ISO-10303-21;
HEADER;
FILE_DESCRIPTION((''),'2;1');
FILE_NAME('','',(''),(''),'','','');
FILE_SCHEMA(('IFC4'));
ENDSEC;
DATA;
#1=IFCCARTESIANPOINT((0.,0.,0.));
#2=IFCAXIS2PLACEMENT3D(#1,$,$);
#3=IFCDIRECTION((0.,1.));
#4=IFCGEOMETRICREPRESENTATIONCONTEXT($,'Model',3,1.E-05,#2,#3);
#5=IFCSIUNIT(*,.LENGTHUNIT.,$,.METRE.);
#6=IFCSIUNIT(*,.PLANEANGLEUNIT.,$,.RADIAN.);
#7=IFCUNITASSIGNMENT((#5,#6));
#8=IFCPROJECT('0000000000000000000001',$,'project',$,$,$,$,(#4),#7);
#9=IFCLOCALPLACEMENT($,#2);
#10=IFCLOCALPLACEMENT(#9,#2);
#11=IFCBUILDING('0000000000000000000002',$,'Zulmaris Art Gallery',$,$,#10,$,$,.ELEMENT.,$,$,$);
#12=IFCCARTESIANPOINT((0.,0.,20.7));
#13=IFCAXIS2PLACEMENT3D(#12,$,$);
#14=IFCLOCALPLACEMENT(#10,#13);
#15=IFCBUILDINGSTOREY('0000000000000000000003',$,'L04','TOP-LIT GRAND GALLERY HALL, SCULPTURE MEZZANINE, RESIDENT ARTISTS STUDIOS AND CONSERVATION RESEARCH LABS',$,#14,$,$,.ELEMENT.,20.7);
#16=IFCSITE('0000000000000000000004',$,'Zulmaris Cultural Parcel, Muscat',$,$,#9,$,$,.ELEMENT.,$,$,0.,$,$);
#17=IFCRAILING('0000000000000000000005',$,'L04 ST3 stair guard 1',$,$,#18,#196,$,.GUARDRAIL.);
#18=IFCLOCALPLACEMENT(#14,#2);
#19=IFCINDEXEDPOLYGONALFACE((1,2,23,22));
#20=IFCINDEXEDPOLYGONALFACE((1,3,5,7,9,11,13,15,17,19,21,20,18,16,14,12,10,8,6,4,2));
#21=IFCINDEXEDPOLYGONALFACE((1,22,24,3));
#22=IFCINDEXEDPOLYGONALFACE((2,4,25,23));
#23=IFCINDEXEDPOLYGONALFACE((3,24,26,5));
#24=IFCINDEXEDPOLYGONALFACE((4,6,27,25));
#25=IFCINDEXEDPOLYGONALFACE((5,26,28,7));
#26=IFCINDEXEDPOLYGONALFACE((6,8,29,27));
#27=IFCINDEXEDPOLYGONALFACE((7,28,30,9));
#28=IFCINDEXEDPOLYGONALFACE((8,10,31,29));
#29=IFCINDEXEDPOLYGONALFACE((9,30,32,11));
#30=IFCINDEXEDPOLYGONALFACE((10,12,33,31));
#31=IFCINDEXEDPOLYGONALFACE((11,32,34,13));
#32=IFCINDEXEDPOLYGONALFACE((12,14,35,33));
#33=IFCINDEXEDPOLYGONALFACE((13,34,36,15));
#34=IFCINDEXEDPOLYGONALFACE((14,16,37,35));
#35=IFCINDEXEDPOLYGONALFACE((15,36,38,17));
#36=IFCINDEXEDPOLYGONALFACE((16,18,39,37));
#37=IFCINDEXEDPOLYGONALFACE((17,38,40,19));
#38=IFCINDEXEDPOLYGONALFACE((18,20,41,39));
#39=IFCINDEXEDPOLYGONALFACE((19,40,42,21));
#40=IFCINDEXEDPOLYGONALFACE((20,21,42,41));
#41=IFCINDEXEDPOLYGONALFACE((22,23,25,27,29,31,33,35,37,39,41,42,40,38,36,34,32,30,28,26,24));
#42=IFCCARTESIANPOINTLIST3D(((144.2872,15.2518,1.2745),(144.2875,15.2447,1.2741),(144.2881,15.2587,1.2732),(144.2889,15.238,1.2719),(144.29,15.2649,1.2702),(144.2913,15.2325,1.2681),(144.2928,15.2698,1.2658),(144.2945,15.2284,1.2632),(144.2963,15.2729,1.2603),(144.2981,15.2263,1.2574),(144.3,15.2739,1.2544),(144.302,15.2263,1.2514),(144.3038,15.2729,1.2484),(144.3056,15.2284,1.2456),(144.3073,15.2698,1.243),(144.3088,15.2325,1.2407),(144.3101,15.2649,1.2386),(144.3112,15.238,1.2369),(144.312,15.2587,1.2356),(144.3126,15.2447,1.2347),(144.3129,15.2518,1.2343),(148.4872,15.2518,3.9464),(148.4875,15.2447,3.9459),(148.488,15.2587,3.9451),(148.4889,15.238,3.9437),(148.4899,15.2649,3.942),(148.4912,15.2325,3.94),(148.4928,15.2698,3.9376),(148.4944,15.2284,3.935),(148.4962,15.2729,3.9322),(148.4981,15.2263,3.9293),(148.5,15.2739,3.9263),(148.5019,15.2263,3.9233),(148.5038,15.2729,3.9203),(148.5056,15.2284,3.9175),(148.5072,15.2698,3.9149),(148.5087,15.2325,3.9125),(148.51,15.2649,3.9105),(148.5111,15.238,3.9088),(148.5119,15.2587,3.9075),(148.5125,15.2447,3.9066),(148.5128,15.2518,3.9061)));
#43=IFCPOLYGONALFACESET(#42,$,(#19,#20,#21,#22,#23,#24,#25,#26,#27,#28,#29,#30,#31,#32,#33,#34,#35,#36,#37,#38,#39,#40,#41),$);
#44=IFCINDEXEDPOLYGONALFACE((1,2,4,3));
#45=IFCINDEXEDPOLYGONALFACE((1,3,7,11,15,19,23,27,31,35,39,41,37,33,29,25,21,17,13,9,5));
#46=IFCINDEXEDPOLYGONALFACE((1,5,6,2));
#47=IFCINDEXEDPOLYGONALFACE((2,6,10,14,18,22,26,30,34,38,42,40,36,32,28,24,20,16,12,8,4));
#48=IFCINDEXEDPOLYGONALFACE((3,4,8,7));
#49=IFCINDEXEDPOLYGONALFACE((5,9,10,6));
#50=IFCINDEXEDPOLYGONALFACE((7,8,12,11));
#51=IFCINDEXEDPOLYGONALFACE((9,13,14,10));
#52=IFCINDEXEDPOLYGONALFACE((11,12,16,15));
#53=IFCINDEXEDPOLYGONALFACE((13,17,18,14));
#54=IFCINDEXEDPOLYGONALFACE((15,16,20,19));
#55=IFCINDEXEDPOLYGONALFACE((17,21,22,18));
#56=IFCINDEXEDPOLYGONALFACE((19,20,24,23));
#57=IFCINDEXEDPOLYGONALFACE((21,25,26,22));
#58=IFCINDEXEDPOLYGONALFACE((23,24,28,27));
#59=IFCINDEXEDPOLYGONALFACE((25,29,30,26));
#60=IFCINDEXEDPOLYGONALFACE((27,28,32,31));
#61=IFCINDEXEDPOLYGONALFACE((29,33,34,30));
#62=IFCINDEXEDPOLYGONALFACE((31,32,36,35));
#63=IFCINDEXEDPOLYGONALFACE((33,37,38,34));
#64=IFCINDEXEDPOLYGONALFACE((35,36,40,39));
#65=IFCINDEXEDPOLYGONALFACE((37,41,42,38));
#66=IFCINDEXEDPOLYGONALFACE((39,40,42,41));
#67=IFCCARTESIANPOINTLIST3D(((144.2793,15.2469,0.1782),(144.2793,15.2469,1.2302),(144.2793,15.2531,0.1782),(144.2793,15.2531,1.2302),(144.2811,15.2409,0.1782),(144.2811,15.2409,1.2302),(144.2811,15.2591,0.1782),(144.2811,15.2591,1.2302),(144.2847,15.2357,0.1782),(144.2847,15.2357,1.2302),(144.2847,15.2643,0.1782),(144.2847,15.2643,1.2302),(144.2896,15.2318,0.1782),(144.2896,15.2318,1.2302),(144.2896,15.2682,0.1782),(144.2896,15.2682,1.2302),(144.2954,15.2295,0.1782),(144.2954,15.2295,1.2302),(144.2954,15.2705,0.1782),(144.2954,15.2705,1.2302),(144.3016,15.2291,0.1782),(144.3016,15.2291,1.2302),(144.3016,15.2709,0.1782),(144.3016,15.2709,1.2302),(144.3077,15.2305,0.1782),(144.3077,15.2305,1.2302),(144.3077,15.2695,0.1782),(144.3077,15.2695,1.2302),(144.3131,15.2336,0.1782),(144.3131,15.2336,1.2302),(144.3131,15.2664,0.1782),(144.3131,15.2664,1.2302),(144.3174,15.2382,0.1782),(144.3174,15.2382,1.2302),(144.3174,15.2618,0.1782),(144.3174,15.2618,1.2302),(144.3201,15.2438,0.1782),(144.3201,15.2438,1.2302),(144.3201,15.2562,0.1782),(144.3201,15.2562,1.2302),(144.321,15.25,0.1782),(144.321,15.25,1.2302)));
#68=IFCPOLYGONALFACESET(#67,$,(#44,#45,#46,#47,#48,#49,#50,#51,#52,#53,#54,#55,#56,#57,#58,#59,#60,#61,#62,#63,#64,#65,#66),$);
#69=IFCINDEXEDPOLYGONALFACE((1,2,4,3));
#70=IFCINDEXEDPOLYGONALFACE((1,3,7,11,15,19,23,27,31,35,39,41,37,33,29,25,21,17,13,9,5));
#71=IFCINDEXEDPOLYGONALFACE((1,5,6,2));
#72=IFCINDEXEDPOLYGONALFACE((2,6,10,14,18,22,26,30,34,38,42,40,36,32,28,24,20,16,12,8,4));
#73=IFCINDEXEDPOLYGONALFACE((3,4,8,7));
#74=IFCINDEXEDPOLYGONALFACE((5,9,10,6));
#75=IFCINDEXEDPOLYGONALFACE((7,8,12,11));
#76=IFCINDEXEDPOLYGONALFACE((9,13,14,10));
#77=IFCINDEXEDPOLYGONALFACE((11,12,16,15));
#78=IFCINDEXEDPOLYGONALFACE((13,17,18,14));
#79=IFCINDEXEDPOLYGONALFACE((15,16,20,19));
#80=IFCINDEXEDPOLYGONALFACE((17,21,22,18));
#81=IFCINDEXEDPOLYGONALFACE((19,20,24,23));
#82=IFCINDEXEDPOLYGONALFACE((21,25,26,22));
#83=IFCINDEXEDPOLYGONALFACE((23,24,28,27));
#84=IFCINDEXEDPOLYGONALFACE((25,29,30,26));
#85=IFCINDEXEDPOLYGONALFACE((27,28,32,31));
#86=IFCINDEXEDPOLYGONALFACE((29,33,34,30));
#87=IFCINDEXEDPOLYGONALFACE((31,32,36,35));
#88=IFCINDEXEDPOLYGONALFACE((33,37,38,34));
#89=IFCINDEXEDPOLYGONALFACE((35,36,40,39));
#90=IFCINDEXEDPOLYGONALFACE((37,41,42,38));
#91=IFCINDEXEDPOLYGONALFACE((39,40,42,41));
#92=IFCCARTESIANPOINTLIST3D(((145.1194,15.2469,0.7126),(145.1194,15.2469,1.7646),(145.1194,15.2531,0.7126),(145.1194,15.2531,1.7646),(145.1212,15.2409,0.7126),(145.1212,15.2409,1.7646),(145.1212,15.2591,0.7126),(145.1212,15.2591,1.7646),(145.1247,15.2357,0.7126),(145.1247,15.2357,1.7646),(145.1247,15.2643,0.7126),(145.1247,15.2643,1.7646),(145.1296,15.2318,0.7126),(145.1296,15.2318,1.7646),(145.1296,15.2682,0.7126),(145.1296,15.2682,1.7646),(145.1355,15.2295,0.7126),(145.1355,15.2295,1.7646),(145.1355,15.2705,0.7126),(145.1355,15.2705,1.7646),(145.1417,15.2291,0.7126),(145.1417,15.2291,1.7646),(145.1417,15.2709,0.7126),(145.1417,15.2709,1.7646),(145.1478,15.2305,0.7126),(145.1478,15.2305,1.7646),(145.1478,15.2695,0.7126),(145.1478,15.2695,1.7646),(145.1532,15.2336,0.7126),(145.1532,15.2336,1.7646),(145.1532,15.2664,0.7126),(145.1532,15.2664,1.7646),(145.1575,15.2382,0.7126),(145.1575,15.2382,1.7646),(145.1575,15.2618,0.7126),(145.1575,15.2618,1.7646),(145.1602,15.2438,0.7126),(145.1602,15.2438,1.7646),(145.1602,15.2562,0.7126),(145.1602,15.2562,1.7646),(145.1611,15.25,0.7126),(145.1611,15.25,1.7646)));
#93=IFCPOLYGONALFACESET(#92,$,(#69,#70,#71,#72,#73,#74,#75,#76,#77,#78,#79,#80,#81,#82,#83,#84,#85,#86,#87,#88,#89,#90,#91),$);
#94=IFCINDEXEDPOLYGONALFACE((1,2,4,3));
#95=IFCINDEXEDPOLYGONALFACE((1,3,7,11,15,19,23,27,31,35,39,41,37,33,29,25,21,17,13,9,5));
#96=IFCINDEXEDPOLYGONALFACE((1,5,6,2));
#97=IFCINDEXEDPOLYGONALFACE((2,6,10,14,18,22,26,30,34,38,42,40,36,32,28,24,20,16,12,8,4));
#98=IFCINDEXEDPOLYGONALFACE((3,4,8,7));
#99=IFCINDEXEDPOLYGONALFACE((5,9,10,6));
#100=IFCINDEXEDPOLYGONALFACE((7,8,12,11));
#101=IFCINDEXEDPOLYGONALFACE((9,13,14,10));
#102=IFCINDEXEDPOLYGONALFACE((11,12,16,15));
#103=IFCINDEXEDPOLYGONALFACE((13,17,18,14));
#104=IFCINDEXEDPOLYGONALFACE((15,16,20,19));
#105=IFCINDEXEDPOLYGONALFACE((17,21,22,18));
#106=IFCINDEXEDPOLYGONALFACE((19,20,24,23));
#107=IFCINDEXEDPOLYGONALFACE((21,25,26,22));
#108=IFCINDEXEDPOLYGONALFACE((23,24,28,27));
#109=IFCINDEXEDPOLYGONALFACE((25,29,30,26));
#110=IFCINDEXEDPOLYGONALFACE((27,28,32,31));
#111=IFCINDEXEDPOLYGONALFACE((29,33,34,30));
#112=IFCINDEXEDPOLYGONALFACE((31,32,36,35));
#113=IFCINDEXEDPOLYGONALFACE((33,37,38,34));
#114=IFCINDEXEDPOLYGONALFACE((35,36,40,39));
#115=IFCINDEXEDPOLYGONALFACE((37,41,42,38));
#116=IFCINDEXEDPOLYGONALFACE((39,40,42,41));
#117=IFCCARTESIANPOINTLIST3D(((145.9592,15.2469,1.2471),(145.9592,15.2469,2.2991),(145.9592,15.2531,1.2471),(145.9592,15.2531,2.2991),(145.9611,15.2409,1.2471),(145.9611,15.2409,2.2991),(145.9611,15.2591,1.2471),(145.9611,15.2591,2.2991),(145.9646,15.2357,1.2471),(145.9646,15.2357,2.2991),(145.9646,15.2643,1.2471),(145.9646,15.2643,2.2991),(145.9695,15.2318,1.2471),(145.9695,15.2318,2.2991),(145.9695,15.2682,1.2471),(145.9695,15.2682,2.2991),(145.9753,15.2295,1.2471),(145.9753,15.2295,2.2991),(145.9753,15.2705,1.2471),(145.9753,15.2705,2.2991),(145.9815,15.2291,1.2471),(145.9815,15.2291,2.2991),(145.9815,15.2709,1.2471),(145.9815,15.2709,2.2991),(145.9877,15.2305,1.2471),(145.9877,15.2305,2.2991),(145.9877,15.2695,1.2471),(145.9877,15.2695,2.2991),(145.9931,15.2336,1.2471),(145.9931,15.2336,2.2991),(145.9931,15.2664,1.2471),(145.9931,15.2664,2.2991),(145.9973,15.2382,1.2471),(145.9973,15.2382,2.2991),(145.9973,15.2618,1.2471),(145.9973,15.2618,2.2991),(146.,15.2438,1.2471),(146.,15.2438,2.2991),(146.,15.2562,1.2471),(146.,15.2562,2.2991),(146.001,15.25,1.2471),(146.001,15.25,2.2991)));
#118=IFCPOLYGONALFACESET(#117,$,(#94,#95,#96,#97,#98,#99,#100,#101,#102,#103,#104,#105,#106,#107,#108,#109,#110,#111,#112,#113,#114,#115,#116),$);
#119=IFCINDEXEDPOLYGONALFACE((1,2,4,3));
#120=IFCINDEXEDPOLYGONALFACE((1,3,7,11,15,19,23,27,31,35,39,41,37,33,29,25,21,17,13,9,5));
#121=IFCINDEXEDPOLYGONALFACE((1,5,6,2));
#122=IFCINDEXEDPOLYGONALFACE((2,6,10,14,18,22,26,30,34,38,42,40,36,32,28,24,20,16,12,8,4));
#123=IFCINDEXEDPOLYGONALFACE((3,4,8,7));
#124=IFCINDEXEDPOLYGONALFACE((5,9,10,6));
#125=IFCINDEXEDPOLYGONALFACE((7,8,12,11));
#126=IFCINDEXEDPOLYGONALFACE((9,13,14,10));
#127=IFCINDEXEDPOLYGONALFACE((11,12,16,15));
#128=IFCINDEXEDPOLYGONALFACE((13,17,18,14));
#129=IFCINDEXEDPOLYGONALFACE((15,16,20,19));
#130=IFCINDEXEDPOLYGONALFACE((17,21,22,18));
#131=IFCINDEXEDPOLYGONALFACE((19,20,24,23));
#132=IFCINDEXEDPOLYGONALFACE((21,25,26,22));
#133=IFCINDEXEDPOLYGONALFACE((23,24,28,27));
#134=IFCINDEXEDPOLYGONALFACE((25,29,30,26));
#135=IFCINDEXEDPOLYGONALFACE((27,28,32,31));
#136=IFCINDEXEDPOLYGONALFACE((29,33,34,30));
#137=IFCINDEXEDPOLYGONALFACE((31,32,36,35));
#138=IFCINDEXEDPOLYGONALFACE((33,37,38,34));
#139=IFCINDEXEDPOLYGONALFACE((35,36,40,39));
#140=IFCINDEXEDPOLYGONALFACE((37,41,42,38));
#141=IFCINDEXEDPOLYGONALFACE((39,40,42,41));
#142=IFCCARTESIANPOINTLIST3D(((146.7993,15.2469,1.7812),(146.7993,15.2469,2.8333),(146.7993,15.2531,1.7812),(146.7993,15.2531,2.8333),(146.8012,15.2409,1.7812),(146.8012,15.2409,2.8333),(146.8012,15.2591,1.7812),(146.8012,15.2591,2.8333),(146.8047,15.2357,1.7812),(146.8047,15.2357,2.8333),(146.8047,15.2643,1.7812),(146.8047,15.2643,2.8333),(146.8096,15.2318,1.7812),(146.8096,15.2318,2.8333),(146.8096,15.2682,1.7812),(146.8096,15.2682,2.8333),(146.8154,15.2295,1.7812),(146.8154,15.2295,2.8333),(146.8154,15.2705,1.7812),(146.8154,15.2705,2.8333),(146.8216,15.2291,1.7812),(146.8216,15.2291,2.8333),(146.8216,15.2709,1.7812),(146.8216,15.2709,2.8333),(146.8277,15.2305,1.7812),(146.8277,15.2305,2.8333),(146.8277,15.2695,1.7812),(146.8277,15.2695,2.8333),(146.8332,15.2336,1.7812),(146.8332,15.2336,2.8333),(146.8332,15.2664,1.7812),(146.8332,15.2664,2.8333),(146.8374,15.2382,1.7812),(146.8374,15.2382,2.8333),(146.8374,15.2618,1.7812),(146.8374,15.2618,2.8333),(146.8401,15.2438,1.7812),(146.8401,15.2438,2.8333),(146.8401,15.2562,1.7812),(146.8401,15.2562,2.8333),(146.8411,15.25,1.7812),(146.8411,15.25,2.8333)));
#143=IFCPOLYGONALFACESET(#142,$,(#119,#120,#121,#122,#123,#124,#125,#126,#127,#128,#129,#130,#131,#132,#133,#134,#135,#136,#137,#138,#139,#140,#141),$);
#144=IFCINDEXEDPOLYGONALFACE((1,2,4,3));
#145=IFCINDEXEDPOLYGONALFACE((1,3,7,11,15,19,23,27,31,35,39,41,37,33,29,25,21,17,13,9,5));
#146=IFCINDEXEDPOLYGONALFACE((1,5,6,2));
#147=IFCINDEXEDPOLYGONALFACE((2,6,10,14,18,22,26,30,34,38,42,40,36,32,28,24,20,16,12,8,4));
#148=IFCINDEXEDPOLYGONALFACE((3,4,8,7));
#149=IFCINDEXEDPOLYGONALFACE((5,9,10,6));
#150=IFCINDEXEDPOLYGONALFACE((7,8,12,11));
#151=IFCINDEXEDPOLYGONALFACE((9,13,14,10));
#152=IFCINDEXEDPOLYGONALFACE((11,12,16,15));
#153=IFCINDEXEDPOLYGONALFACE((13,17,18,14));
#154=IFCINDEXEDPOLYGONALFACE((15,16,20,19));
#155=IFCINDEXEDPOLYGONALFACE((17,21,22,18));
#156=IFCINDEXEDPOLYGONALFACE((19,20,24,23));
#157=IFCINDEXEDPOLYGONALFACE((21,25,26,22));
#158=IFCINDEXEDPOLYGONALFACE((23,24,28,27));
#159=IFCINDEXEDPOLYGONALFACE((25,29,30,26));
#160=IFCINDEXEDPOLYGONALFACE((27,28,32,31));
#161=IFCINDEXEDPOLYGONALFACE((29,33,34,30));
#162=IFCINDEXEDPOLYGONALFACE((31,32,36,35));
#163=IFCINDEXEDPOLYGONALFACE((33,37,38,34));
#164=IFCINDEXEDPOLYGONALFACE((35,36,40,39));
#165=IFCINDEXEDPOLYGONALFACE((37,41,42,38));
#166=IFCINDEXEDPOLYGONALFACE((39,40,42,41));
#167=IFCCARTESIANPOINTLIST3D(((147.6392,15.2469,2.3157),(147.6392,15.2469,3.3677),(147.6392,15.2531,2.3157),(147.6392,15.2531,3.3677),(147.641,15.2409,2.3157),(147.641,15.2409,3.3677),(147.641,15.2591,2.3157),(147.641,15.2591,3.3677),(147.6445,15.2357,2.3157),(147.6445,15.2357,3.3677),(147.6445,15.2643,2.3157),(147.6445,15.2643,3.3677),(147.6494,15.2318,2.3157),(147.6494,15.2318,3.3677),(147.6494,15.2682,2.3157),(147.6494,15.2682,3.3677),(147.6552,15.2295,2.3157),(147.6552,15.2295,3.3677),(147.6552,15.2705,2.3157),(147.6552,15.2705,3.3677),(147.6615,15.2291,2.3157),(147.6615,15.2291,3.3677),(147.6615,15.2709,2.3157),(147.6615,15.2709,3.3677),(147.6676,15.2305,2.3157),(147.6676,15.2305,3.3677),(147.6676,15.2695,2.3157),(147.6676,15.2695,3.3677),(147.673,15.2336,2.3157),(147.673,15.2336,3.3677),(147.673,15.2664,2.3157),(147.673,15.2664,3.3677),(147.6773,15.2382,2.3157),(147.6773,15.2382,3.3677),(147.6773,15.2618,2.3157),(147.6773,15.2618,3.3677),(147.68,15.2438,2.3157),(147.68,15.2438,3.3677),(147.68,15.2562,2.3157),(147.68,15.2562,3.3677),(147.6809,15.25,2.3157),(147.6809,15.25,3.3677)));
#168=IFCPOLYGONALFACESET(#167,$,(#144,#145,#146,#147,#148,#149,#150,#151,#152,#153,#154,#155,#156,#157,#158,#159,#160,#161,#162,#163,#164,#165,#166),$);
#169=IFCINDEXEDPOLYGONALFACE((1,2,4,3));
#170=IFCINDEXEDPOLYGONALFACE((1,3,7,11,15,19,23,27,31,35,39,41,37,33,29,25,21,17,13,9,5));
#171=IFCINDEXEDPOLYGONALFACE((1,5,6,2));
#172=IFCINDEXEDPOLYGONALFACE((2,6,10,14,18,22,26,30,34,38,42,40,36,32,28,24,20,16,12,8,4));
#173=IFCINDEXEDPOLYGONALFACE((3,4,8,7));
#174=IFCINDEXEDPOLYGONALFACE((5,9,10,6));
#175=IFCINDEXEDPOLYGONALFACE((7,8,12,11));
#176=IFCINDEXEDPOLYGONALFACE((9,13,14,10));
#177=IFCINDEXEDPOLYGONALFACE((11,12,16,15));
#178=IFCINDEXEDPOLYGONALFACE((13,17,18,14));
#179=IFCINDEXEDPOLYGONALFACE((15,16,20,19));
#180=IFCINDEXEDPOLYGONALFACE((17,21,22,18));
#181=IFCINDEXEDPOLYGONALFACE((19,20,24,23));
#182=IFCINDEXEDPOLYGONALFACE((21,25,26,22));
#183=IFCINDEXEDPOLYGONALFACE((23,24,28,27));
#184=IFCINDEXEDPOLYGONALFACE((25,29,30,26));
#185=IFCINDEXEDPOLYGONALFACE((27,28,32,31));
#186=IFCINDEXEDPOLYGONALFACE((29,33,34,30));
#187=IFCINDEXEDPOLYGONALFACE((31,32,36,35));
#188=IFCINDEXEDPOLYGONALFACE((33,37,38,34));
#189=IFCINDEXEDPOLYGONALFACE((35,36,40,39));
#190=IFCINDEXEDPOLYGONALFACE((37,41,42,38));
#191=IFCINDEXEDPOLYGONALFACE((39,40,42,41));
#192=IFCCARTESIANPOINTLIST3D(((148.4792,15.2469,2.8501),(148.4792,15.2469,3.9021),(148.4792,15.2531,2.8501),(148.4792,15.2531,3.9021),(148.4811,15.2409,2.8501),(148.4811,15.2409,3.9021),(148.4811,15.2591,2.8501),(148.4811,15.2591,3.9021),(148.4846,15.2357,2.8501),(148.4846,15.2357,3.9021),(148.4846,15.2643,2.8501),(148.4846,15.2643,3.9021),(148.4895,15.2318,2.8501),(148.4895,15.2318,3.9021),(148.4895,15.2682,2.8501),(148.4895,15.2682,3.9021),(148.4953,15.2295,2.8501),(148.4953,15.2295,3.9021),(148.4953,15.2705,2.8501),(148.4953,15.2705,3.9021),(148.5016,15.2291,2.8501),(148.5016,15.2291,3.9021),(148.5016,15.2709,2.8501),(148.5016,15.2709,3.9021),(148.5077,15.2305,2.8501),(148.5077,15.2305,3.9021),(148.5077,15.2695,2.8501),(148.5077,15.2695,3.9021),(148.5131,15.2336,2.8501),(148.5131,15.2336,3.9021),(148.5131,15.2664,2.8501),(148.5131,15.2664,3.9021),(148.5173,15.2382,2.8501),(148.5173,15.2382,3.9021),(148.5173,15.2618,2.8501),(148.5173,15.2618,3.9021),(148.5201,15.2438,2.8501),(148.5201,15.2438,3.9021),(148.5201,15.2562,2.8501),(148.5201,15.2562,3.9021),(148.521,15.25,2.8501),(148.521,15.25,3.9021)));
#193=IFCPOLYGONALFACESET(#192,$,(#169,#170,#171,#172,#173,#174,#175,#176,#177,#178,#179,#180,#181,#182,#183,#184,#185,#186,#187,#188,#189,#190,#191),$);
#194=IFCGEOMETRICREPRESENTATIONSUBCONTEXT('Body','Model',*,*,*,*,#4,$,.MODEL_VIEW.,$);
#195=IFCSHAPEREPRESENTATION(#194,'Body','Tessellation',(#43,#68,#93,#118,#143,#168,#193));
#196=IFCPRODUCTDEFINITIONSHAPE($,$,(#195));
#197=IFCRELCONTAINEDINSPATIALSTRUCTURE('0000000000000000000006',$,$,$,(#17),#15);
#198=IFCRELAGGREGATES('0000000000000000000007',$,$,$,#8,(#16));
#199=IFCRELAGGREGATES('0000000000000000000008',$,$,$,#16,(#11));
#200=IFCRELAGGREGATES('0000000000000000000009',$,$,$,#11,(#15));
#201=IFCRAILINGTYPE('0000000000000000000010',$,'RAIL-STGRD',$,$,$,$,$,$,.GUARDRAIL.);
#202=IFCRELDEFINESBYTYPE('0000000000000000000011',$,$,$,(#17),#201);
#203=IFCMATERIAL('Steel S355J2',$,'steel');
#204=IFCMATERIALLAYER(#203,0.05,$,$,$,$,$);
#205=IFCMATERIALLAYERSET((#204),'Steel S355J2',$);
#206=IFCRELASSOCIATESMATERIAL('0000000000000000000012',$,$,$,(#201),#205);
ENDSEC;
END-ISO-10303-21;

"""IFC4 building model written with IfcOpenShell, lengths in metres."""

from ifc_helpers import new_model, si_unit, direction, frame, origin, origin_2d, place, context, subcontext, project, spatial, circle, extrude, material, layer, layer_set, type_object, element, save


model = new_model("IFC4")

# Units and contexts
model_context = context("Model", 3, precision=1e-05, world=origin(), true_north=direction((0.0, 1.0)))
body_context = subcontext(model_context, "Body", "Model", "MODEL_VIEW")
ifc_project = project(units=[si_unit("LENGTHUNIT", "METRE"), si_unit("PLANEANGLEUNIT", "RADIAN")], contexts=[model_context])

# Site, building, storey
site_placement = place(None, origin())
site = spatial("IfcSite", under=ifc_project, at=site_placement, Name="Zulmaris Cultural Parcel, Muscat", CompositionType="ELEMENT", RefElevation=0.0)
building_placement = place(site_placement, origin())
building = spatial("IfcBuilding", under=site, at=building_placement, Name="Zulmaris Art Gallery", CompositionType="ELEMENT")
storey_placement = place(building_placement, frame((0.0, 0.0, 20.7)))
storey = spatial("IfcBuildingStorey", under=building, at=storey_placement, Name="L04", Description="TOP-LIT GRAND GALLERY HALL, SCULPTURE MEZZANINE, RESIDENT ARTISTS STUDIOS AND CONSERVATION RESEARCH LABS", CompositionType="ELEMENT", Elevation=20.7)

# Shared definitions
ifc_material_1 = material(Name="Steel S355J2", Category="steel")

# Railing
ifc_layer_1 = layer(ifc_material_1, 0.05)
ifc_layer_set_1 = layer_set([ifc_layer_1], Name="Steel S355J2")
railing_type_1 = type_object("IfcRailingType", Name="RAIL-STGRD", PredefinedType="GUARDRAIL", material=ifc_layer_set_1)
railing_1_placement = place(storey_placement, frame((144.3, 15.25, 0.1782)))
element("IfcRailing", 1, at=railing_1_placement, inside=storey, type_object=railing_type_1, Name="L04 ST3 stair guard 1", PredefinedType="GUARDRAIL", context=body_context, shape_type="SweptSolid", body=[
    extrude(circle(Radius=0.0239, at=origin_2d()), frame((0.0, 0.0, 1.0762), z_axis=(0.843736, 0.0, 0.536758), x_axis=(0.0, 1.0, 0.0)), (0.0, 0.0, 1.0), 4.9778),
    extrude(circle(Radius=0.021, at=origin_2d()), origin(), (0.0, 0.0, 1.0), 1.052),
    extrude(circle(Radius=0.021, at=origin_2d()), frame((0.8401, 0.0, 0.5344)), (0.0, 0.0, 1.0), 1.052),
    extrude(circle(Radius=0.021, at=origin_2d()), frame((1.6799, 0.0, 1.0688)), (0.0, 0.0, 1.0), 1.052),
    extrude(circle(Radius=0.021, at=origin_2d()), frame((2.52, 0.0, 1.603)), (0.0, 0.0, 1.0), 1.052),
    extrude(circle(Radius=0.021, at=origin_2d()), frame((3.3599, 0.0, 2.1375)), (0.0, 0.0, 1.0), 1.052),
    extrude(circle(Radius=0.021, at=origin_2d()), frame((4.2, 0.0, 2.6719)), (0.0, 0.0, 1.0), 1.052),
])

save(model, "model.ifc")
